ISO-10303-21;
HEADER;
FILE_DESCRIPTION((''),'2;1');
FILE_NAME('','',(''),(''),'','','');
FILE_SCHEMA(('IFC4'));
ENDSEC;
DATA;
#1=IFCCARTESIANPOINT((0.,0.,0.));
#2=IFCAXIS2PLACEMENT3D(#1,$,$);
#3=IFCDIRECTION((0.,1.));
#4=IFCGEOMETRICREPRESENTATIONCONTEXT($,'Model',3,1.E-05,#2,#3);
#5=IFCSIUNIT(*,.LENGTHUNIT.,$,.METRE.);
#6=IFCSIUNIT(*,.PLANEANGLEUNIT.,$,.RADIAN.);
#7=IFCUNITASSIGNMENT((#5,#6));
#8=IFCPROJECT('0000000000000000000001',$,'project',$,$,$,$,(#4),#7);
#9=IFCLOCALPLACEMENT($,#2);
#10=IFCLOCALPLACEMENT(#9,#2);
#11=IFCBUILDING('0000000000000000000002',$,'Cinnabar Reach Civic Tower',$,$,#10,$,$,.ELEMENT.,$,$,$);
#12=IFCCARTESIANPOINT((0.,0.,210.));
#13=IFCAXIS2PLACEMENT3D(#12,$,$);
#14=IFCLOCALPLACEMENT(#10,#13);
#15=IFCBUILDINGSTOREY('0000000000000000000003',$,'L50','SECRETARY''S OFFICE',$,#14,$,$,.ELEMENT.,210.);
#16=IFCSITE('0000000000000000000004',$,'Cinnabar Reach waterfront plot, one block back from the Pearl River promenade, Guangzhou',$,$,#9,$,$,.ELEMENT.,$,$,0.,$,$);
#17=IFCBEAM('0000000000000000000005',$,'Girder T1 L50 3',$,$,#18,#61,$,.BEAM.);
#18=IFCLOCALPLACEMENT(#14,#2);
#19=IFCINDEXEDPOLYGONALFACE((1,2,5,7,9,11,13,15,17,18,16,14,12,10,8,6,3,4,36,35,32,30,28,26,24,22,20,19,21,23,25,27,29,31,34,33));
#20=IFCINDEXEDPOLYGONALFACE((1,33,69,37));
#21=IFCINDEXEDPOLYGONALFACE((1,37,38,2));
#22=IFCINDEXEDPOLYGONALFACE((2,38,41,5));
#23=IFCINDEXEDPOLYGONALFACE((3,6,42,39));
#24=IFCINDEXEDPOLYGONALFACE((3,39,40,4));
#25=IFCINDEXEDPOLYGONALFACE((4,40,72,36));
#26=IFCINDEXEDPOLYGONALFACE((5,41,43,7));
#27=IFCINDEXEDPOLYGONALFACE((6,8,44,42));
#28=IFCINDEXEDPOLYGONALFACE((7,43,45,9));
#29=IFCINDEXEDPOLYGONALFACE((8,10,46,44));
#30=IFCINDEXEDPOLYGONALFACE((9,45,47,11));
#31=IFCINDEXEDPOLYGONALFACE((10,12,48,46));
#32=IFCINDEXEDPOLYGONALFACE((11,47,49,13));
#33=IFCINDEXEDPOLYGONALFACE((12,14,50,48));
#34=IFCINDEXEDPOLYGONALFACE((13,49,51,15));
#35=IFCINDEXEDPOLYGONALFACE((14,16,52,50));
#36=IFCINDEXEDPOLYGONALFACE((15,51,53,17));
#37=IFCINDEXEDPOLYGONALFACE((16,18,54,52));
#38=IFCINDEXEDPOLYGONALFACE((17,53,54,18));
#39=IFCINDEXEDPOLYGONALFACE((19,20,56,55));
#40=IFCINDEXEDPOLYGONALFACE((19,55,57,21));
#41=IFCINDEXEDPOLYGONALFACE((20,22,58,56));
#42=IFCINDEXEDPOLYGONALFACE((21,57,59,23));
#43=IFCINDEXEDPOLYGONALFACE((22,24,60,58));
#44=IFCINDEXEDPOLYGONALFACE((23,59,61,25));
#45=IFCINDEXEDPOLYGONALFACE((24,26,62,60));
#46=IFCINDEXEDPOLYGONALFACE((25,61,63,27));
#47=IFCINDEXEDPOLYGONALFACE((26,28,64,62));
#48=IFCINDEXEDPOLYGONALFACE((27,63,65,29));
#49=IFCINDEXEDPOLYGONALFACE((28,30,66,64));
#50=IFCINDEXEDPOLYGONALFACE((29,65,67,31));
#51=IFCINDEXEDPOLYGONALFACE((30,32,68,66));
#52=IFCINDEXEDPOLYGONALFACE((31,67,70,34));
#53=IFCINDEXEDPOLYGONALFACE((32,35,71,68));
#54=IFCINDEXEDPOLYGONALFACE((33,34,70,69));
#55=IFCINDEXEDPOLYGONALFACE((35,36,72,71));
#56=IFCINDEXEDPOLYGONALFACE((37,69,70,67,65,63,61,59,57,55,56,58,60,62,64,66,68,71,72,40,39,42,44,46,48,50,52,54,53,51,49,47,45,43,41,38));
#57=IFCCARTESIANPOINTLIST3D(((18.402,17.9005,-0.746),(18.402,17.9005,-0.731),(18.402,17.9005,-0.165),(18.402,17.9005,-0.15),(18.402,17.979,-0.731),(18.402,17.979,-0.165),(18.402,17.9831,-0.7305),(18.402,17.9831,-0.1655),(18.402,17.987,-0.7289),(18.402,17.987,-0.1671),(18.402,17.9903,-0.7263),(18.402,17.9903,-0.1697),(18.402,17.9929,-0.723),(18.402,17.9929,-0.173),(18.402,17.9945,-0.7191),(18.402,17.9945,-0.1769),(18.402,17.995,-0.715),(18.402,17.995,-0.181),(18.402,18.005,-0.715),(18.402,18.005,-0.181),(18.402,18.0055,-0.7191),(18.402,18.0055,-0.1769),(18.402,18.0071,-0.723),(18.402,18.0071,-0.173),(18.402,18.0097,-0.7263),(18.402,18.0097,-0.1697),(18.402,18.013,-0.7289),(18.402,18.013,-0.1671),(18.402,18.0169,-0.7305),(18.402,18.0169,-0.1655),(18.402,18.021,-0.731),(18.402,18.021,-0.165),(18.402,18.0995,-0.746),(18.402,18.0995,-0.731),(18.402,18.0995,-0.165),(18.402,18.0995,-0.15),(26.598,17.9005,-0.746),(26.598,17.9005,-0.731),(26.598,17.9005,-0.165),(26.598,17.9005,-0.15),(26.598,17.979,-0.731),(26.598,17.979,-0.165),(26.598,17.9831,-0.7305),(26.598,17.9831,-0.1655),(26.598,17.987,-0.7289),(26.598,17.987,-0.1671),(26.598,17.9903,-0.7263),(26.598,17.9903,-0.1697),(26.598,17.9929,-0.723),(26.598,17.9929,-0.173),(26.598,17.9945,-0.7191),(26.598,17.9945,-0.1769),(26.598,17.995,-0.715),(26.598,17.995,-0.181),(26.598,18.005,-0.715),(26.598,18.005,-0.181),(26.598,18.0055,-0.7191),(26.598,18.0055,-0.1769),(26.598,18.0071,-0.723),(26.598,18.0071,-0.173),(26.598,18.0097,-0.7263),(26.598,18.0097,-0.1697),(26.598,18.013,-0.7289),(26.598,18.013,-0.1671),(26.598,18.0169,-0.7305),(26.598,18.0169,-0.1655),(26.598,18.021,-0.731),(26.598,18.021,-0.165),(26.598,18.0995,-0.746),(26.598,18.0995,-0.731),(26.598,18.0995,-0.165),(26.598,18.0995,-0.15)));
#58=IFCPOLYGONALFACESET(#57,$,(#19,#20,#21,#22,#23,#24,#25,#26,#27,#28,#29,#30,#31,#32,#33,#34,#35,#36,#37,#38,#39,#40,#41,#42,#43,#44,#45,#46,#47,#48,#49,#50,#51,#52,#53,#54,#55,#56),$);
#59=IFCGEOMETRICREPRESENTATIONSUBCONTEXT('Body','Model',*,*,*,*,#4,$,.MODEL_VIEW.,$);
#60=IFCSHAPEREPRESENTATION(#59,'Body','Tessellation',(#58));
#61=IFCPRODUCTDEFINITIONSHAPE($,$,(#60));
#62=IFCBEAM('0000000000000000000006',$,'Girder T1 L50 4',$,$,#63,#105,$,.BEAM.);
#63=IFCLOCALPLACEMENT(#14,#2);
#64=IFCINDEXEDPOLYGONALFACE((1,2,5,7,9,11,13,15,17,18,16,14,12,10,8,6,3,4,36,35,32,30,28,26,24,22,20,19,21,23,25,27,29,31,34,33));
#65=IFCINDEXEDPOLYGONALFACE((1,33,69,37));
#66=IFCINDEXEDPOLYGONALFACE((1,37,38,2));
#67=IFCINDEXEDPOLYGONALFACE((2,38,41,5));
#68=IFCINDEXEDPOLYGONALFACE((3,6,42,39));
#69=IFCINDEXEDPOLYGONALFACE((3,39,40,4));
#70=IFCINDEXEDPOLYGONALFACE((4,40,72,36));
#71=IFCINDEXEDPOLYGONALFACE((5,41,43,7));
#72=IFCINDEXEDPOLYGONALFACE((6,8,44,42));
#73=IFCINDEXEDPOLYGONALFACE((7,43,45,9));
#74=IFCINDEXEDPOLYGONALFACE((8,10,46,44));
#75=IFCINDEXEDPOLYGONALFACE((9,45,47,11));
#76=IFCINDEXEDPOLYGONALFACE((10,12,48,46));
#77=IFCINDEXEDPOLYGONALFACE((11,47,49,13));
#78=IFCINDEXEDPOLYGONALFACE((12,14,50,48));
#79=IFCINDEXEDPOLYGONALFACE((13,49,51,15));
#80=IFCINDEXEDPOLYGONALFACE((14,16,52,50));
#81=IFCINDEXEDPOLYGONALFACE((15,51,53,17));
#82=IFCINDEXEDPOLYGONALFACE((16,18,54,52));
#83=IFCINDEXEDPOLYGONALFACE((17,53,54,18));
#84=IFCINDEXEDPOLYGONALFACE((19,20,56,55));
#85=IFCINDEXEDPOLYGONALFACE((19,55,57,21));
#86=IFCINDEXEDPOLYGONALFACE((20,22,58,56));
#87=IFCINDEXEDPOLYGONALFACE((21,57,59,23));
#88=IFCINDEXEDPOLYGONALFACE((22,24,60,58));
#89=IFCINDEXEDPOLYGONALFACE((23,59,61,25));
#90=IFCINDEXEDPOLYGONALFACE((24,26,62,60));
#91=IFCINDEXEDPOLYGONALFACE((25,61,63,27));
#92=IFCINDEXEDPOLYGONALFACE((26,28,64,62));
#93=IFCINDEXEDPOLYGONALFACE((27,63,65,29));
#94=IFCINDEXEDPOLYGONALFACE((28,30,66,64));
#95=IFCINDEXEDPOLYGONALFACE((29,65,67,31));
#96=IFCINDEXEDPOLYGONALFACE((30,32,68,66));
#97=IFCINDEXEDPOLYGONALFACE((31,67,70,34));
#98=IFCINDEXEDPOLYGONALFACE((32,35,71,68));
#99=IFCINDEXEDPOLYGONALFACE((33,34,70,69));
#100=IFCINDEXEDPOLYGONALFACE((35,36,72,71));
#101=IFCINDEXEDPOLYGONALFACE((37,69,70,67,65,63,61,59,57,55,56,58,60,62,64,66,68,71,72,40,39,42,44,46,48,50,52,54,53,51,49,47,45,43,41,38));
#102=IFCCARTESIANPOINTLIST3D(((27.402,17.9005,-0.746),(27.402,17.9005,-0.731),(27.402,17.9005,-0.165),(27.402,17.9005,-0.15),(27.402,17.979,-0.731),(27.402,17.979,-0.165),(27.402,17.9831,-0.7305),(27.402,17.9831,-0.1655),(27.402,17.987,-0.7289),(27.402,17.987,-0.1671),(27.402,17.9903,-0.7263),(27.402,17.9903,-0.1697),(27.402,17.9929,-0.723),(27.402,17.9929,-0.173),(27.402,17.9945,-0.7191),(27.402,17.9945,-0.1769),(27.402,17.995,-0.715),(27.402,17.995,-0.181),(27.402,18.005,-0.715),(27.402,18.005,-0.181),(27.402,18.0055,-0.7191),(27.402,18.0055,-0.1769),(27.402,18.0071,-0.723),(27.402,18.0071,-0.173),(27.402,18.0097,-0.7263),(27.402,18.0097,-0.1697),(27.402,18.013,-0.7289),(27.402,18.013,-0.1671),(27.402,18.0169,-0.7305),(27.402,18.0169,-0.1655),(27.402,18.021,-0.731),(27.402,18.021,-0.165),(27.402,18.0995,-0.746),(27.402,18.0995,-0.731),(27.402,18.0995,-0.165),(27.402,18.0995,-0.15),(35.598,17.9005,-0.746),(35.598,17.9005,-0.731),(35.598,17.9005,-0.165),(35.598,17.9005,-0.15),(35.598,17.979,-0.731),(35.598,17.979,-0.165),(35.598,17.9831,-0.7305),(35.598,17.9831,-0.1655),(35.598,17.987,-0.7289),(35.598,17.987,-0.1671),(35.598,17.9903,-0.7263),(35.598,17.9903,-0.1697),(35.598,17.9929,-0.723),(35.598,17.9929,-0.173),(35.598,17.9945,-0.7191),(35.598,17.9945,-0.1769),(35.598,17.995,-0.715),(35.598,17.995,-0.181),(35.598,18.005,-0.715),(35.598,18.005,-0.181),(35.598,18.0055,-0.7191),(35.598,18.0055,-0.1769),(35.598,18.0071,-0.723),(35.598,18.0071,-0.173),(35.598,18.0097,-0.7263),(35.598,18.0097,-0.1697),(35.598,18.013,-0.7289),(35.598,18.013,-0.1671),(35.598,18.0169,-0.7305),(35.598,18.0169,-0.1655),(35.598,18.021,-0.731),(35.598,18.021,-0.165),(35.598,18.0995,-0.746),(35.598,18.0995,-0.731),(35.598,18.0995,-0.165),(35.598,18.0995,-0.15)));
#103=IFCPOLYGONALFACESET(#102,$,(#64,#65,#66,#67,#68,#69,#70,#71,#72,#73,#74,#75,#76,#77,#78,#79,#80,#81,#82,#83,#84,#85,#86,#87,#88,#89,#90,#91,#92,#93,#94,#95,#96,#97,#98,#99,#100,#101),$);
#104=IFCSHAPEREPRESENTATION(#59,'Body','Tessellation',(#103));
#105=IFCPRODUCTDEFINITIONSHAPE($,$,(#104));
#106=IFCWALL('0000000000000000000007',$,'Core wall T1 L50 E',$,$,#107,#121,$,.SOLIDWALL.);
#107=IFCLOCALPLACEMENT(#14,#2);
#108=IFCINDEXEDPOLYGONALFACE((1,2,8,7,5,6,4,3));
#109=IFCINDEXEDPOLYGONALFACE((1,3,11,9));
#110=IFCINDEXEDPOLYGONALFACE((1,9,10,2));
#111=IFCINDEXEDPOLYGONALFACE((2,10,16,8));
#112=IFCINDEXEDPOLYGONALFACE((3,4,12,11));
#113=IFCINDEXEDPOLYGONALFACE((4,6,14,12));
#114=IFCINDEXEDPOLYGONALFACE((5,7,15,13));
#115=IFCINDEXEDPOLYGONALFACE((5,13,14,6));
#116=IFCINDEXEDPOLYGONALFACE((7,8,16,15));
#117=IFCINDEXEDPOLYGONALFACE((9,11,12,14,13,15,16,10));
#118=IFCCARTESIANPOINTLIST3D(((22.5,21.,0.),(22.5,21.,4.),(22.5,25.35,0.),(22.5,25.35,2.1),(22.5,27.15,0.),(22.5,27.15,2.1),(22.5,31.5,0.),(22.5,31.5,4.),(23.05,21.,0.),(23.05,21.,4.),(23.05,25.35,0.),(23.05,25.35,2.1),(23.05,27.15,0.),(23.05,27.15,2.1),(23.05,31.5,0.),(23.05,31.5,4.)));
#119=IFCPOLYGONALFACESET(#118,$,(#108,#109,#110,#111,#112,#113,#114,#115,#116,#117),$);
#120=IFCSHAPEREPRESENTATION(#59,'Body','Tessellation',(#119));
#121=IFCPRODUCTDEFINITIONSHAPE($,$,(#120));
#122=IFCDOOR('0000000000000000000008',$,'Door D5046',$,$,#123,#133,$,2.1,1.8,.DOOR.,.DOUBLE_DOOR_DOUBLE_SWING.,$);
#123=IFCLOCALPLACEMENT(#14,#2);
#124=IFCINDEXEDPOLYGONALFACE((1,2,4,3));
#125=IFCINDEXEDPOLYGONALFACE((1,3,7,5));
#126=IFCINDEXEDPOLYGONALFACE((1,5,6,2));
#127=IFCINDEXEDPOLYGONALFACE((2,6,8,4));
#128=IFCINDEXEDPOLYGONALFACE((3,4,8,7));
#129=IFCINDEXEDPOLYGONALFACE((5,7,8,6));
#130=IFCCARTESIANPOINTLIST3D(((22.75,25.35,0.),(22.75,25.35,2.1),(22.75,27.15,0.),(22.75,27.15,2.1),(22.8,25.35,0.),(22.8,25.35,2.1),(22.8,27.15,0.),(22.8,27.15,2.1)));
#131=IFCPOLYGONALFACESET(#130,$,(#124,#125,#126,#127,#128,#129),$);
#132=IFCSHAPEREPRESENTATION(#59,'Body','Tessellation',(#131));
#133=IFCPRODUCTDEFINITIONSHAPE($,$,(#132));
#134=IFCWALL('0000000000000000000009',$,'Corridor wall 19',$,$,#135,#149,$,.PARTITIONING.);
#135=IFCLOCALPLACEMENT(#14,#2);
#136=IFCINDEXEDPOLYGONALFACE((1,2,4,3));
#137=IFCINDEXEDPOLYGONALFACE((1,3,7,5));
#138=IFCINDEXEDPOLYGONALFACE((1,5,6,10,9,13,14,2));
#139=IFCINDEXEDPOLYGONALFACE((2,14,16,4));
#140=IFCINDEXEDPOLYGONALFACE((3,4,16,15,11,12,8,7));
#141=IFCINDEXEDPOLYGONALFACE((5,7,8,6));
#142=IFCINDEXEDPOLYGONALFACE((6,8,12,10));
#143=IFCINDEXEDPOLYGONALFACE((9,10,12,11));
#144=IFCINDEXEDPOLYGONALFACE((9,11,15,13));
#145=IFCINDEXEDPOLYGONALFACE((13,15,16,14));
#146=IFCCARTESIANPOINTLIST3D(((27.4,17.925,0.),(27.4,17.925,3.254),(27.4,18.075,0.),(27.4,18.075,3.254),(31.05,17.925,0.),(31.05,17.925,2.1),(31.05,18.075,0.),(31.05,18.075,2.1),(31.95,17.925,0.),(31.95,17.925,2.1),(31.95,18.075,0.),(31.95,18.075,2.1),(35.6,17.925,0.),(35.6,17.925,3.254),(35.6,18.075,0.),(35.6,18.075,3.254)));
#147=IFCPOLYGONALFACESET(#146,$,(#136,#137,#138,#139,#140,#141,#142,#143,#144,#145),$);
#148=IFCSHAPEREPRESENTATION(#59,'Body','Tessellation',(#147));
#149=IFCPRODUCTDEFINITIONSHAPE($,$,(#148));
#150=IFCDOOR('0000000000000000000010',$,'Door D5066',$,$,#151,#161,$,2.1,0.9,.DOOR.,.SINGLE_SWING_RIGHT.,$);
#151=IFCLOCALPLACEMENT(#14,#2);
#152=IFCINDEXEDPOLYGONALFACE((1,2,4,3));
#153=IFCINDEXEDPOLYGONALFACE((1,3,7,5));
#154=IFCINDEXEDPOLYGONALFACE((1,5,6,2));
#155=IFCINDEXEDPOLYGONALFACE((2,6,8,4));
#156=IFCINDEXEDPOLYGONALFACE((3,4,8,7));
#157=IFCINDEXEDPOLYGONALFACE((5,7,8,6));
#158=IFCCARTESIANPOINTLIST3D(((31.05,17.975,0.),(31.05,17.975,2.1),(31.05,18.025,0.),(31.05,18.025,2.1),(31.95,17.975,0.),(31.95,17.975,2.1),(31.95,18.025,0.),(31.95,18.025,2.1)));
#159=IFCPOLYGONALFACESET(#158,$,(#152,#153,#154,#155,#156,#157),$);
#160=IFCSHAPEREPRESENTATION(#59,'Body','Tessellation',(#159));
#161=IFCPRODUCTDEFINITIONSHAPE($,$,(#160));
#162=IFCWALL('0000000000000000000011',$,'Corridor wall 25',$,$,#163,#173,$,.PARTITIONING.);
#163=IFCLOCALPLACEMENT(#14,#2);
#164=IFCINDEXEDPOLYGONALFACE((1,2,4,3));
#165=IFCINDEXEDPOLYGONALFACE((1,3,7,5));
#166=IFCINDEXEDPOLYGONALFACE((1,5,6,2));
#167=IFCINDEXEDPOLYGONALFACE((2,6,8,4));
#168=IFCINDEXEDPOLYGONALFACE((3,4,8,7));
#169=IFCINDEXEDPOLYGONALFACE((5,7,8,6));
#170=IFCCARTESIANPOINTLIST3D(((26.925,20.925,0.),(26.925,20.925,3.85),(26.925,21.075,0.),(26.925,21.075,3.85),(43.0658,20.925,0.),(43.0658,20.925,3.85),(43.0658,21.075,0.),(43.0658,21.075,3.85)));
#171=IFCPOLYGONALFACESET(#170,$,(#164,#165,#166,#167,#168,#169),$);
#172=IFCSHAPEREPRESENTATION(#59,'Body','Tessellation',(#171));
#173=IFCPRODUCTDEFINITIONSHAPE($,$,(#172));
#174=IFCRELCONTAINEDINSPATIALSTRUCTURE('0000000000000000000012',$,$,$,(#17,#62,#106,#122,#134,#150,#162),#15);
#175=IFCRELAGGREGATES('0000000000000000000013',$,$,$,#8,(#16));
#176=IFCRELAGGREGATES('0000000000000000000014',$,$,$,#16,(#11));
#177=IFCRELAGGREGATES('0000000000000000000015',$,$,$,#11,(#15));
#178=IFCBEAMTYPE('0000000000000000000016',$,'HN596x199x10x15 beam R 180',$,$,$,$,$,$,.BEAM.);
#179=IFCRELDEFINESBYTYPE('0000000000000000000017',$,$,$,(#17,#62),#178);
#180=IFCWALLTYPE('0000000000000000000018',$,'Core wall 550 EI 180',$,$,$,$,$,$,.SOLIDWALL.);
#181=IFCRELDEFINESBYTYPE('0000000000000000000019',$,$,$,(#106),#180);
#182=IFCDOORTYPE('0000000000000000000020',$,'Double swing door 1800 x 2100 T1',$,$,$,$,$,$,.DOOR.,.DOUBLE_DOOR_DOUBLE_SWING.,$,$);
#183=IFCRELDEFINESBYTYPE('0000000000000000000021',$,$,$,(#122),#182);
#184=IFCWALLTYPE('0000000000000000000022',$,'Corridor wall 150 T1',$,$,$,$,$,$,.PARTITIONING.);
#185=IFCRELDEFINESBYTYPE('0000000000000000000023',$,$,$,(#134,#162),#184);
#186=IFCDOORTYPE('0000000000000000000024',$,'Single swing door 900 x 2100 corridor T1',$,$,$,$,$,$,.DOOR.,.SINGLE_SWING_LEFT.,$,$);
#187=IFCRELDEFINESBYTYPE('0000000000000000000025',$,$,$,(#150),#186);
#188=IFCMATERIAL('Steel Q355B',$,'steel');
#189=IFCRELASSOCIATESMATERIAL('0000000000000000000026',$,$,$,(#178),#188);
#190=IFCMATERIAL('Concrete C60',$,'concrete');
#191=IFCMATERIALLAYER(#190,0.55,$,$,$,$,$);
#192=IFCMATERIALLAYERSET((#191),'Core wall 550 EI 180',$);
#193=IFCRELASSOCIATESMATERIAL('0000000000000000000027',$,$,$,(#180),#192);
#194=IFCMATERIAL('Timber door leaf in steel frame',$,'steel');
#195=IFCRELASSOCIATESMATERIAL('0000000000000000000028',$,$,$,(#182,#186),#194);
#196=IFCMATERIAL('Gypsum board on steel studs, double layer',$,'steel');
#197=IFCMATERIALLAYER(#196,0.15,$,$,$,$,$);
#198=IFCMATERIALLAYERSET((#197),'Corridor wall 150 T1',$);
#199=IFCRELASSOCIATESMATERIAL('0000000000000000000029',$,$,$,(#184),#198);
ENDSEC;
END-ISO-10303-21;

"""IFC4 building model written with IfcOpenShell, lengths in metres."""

from ifc_helpers import new_model, si_unit, direction, frame, frame_2d, origin, origin_2d, place, context, subcontext, project, spatial, rectangle, i_section, extrude, material, layer, layer_set, material_profile, profile_set, type_object, element, fill, save


model = new_model("IFC4")

# Units and contexts
model_context = context("Model", 3, precision=1e-05, world=origin(), true_north=direction((0.0, 1.0)))
body_context = subcontext(model_context, "Body", "Model", "MODEL_VIEW")
ifc_project = project(units=[si_unit("LENGTHUNIT", "METRE"), si_unit("PLANEANGLEUNIT", "RADIAN")], contexts=[model_context])

# Site, building, storey
site_placement = place(None, origin())
site = spatial("IfcSite", under=ifc_project, at=site_placement, Name="Cinnabar Reach waterfront plot, one block back from the Pearl River promenade, Guangzhou", CompositionType="ELEMENT", RefElevation=0.0)
building_placement = place(site_placement, origin())
building = spatial("IfcBuilding", under=site, at=building_placement, Name="Cinnabar Reach Civic Tower", CompositionType="ELEMENT")
storey_placement = place(building_placement, frame((0.0, 0.0, 210.0)))
storey = spatial("IfcBuildingStorey", under=building, at=storey_placement, Name="L50", Description="SECRETARY'S OFFICE", CompositionType="ELEMENT", Elevation=210.0)

# Shared definitions
ifc_material_1 = material(Name="Concrete C60", Category="concrete")

# Beams
ifc_material_2 = material(Name="Steel Q355B", Category="steel")
ifc_material_profile_1 = material_profile(ifc_material_2, i_section(OverallWidth=0.199, OverallDepth=0.596, WebThickness=0.01, FlangeThickness=0.015, FilletRadius=0.016, at=origin_2d()), Name="HN596x199x10x15")
ifc_profile_set_1 = profile_set([ifc_material_profile_1], Name="Steel Q355B")
beam_type_1 = type_object("IfcBeamType", Name="HN596x199x10x15 beam R 180", PredefinedType="BEAM", material=ifc_profile_set_1)
for number, where, z_axis, x_axis, name in (
    (1, (18.402, 18.0, -0.448), (1.0, 0.0, 0.0), (0.0, 1.0, 0.0), "Girder T1 L50 3"),
    (2, (27.402, 18.0, -0.448), (1.0, 0.0, 0.0), (0.0, 1.0, 0.0), "Girder T1 L50 4"),
):
    element("IfcBeam", number, at=place(storey_placement, frame(where, z_axis=z_axis, x_axis=x_axis)), inside=storey, type_object=beam_type_1, Name=name, PredefinedType="BEAM", context=body_context, shape_type="SweptSolid", body=[
        extrude(i_section(OverallWidth=0.199, OverallDepth=0.596, WebThickness=0.01, FlangeThickness=0.015, FilletRadius=0.016, at=origin_2d()), origin(), (0.0, 0.0, 1.0), 8.196),
    ])

# Walls, openings, doors
ifc_layer_1 = layer(ifc_material_1, 0.55)
ifc_layer_set_1 = layer_set([ifc_layer_1], Name="Core wall 550 EI 180")
wall_type_1 = type_object("IfcWallType", Name="Core wall 550 EI 180", PredefinedType="SOLIDWALL", material=ifc_layer_set_1)
wall_1_placement = place(storey_placement, frame((22.775, 21.0, 0.0), z_axis=(0.0, 0.0, 1.0), x_axis=(0.0, 1.0, 0.0)))
wall_1 = element("IfcWall", 3, at=wall_1_placement, inside=storey, type_object=wall_type_1, Name="Core wall T1 L50 E", PredefinedType="SOLIDWALL", context=body_context, shape_type="SweptSolid", body=[
    extrude(rectangle(XDim=10.5, YDim=0.55, at=frame_2d((5.25, 0.0))), origin(), (0.0, 0.0, 1.0), 4.0),
])
opening_1_placement = place(wall_1_placement, frame((4.35, 0.0, 0.0)))
opening_1 = element("IfcOpeningElement", 4, at=opening_1_placement, cuts=wall_1, PredefinedType="OPENING", context=body_context, shape_type="SweptSolid", body=[
    extrude(rectangle(XDim=1.8, YDim=2.1, at=frame_2d((0.9, 1.05))), frame((0.0, 0.285, 0.0), z_axis=(0.0, -1.0, 0.0), x_axis=(1.0, 0.0, 0.0)), (0.0, 0.0, 1.0), 0.57),
])
ifc_material_3 = material(Name="Timber door leaf in steel frame", Category="steel")
door_type_1 = type_object("IfcDoorType", Name="Double swing door 1800 x 2100 T1", OperationType="DOUBLE_DOOR_DOUBLE_SWING", PredefinedType="DOOR", material=ifc_material_3)
door_1_placement = place(opening_1_placement, origin())
door_1 = element("IfcDoor", 5, at=door_1_placement, inside=storey, type_object=door_type_1, Name="Door D5046", OperationType="DOUBLE_DOOR_DOUBLE_SWING", OverallHeight=2.1, OverallWidth=1.8, PredefinedType="DOOR", context=body_context, shape_type="SweptSolid", body=[
    extrude(rectangle(XDim=1.8, YDim=2.1, at=frame_2d((0.9, 1.05))), frame((0.0, 0.025, 0.0), z_axis=(0.0, -1.0, 0.0), x_axis=(1.0, 0.0, 0.0)), (0.0, 0.0, 1.0), 0.05),
])
fill(opening_1, door_1)
ifc_material_4 = material(Name="Gypsum board on steel studs, double layer", Category="steel")
ifc_layer_2 = layer(ifc_material_4, 0.15)
ifc_layer_set_2 = layer_set([ifc_layer_2], Name="Corridor wall 150 T1")
wall_type_2 = type_object("IfcWallType", Name="Corridor wall 150 T1", PredefinedType="PARTITIONING", material=ifc_layer_set_2)
wall_2_placement = place(storey_placement, frame((27.4, 18.0, 0.0), z_axis=(0.0, 0.0, 1.0), x_axis=(1.0, 0.0, 0.0)))
wall_2 = element("IfcWall", 6, at=wall_2_placement, inside=storey, type_object=wall_type_2, Name="Corridor wall 19", PredefinedType="PARTITIONING", context=body_context, shape_type="SweptSolid", body=[
    extrude(rectangle(XDim=8.2, YDim=0.15, at=frame_2d((4.1, 0.0))), origin(), (0.0, 0.0, 1.0), 3.254),
])
opening_2_placement = place(wall_2_placement, frame((3.65, 0.0, 0.0)))
opening_2 = element("IfcOpeningElement", 7, at=opening_2_placement, cuts=wall_2, PredefinedType="OPENING", context=body_context, shape_type="SweptSolid", body=[
    extrude(rectangle(XDim=0.9, YDim=2.1, at=frame_2d((0.45, 1.05))), frame((0.0, 0.085, 0.0), z_axis=(0.0, -1.0, 0.0), x_axis=(1.0, 0.0, 0.0)), (0.0, 0.0, 1.0), 0.17),
])
door_type_2 = type_object("IfcDoorType", Name="Single swing door 900 x 2100 corridor T1", OperationType="SINGLE_SWING_LEFT", PredefinedType="DOOR", material=ifc_material_3)
door_2_placement = place(opening_2_placement, frame((0.9, 0.0, 0.0), z_axis=(0.0, 0.0, 1.0), x_axis=(-1.0, 0.0, 0.0)))
door_2 = element("IfcDoor", 8, at=door_2_placement, inside=storey, type_object=door_type_2, Name="Door D5066", OperationType="SINGLE_SWING_RIGHT", OverallHeight=2.1, OverallWidth=0.9, PredefinedType="DOOR", context=body_context, shape_type="SweptSolid", body=[
    extrude(rectangle(XDim=0.9, YDim=2.1, at=frame_2d((0.45, 1.05))), frame((0.0, 0.025, 0.0), z_axis=(0.0, -1.0, 0.0), x_axis=(1.0, 0.0, 0.0)), (0.0, 0.0, 1.0), 0.05),
])
fill(opening_2, door_2)

# Wall
wall_3_placement = place(storey_placement, frame((26.925, 21.0, 0.0), z_axis=(0.0, 0.0, 1.0), x_axis=(1.0, 0.0, 0.0)))
element("IfcWall", 9, at=wall_3_placement, inside=storey, type_object=wall_type_2, Name="Corridor wall 25", PredefinedType="PARTITIONING", context=body_context, shape_type="SweptSolid", body=[
    extrude(rectangle(XDim=16.1409, YDim=0.15, at=frame_2d((8.0704, 0.0))), origin(), (0.0, 0.0, 1.0), 3.85),
])

save(model, "model.ifc")
